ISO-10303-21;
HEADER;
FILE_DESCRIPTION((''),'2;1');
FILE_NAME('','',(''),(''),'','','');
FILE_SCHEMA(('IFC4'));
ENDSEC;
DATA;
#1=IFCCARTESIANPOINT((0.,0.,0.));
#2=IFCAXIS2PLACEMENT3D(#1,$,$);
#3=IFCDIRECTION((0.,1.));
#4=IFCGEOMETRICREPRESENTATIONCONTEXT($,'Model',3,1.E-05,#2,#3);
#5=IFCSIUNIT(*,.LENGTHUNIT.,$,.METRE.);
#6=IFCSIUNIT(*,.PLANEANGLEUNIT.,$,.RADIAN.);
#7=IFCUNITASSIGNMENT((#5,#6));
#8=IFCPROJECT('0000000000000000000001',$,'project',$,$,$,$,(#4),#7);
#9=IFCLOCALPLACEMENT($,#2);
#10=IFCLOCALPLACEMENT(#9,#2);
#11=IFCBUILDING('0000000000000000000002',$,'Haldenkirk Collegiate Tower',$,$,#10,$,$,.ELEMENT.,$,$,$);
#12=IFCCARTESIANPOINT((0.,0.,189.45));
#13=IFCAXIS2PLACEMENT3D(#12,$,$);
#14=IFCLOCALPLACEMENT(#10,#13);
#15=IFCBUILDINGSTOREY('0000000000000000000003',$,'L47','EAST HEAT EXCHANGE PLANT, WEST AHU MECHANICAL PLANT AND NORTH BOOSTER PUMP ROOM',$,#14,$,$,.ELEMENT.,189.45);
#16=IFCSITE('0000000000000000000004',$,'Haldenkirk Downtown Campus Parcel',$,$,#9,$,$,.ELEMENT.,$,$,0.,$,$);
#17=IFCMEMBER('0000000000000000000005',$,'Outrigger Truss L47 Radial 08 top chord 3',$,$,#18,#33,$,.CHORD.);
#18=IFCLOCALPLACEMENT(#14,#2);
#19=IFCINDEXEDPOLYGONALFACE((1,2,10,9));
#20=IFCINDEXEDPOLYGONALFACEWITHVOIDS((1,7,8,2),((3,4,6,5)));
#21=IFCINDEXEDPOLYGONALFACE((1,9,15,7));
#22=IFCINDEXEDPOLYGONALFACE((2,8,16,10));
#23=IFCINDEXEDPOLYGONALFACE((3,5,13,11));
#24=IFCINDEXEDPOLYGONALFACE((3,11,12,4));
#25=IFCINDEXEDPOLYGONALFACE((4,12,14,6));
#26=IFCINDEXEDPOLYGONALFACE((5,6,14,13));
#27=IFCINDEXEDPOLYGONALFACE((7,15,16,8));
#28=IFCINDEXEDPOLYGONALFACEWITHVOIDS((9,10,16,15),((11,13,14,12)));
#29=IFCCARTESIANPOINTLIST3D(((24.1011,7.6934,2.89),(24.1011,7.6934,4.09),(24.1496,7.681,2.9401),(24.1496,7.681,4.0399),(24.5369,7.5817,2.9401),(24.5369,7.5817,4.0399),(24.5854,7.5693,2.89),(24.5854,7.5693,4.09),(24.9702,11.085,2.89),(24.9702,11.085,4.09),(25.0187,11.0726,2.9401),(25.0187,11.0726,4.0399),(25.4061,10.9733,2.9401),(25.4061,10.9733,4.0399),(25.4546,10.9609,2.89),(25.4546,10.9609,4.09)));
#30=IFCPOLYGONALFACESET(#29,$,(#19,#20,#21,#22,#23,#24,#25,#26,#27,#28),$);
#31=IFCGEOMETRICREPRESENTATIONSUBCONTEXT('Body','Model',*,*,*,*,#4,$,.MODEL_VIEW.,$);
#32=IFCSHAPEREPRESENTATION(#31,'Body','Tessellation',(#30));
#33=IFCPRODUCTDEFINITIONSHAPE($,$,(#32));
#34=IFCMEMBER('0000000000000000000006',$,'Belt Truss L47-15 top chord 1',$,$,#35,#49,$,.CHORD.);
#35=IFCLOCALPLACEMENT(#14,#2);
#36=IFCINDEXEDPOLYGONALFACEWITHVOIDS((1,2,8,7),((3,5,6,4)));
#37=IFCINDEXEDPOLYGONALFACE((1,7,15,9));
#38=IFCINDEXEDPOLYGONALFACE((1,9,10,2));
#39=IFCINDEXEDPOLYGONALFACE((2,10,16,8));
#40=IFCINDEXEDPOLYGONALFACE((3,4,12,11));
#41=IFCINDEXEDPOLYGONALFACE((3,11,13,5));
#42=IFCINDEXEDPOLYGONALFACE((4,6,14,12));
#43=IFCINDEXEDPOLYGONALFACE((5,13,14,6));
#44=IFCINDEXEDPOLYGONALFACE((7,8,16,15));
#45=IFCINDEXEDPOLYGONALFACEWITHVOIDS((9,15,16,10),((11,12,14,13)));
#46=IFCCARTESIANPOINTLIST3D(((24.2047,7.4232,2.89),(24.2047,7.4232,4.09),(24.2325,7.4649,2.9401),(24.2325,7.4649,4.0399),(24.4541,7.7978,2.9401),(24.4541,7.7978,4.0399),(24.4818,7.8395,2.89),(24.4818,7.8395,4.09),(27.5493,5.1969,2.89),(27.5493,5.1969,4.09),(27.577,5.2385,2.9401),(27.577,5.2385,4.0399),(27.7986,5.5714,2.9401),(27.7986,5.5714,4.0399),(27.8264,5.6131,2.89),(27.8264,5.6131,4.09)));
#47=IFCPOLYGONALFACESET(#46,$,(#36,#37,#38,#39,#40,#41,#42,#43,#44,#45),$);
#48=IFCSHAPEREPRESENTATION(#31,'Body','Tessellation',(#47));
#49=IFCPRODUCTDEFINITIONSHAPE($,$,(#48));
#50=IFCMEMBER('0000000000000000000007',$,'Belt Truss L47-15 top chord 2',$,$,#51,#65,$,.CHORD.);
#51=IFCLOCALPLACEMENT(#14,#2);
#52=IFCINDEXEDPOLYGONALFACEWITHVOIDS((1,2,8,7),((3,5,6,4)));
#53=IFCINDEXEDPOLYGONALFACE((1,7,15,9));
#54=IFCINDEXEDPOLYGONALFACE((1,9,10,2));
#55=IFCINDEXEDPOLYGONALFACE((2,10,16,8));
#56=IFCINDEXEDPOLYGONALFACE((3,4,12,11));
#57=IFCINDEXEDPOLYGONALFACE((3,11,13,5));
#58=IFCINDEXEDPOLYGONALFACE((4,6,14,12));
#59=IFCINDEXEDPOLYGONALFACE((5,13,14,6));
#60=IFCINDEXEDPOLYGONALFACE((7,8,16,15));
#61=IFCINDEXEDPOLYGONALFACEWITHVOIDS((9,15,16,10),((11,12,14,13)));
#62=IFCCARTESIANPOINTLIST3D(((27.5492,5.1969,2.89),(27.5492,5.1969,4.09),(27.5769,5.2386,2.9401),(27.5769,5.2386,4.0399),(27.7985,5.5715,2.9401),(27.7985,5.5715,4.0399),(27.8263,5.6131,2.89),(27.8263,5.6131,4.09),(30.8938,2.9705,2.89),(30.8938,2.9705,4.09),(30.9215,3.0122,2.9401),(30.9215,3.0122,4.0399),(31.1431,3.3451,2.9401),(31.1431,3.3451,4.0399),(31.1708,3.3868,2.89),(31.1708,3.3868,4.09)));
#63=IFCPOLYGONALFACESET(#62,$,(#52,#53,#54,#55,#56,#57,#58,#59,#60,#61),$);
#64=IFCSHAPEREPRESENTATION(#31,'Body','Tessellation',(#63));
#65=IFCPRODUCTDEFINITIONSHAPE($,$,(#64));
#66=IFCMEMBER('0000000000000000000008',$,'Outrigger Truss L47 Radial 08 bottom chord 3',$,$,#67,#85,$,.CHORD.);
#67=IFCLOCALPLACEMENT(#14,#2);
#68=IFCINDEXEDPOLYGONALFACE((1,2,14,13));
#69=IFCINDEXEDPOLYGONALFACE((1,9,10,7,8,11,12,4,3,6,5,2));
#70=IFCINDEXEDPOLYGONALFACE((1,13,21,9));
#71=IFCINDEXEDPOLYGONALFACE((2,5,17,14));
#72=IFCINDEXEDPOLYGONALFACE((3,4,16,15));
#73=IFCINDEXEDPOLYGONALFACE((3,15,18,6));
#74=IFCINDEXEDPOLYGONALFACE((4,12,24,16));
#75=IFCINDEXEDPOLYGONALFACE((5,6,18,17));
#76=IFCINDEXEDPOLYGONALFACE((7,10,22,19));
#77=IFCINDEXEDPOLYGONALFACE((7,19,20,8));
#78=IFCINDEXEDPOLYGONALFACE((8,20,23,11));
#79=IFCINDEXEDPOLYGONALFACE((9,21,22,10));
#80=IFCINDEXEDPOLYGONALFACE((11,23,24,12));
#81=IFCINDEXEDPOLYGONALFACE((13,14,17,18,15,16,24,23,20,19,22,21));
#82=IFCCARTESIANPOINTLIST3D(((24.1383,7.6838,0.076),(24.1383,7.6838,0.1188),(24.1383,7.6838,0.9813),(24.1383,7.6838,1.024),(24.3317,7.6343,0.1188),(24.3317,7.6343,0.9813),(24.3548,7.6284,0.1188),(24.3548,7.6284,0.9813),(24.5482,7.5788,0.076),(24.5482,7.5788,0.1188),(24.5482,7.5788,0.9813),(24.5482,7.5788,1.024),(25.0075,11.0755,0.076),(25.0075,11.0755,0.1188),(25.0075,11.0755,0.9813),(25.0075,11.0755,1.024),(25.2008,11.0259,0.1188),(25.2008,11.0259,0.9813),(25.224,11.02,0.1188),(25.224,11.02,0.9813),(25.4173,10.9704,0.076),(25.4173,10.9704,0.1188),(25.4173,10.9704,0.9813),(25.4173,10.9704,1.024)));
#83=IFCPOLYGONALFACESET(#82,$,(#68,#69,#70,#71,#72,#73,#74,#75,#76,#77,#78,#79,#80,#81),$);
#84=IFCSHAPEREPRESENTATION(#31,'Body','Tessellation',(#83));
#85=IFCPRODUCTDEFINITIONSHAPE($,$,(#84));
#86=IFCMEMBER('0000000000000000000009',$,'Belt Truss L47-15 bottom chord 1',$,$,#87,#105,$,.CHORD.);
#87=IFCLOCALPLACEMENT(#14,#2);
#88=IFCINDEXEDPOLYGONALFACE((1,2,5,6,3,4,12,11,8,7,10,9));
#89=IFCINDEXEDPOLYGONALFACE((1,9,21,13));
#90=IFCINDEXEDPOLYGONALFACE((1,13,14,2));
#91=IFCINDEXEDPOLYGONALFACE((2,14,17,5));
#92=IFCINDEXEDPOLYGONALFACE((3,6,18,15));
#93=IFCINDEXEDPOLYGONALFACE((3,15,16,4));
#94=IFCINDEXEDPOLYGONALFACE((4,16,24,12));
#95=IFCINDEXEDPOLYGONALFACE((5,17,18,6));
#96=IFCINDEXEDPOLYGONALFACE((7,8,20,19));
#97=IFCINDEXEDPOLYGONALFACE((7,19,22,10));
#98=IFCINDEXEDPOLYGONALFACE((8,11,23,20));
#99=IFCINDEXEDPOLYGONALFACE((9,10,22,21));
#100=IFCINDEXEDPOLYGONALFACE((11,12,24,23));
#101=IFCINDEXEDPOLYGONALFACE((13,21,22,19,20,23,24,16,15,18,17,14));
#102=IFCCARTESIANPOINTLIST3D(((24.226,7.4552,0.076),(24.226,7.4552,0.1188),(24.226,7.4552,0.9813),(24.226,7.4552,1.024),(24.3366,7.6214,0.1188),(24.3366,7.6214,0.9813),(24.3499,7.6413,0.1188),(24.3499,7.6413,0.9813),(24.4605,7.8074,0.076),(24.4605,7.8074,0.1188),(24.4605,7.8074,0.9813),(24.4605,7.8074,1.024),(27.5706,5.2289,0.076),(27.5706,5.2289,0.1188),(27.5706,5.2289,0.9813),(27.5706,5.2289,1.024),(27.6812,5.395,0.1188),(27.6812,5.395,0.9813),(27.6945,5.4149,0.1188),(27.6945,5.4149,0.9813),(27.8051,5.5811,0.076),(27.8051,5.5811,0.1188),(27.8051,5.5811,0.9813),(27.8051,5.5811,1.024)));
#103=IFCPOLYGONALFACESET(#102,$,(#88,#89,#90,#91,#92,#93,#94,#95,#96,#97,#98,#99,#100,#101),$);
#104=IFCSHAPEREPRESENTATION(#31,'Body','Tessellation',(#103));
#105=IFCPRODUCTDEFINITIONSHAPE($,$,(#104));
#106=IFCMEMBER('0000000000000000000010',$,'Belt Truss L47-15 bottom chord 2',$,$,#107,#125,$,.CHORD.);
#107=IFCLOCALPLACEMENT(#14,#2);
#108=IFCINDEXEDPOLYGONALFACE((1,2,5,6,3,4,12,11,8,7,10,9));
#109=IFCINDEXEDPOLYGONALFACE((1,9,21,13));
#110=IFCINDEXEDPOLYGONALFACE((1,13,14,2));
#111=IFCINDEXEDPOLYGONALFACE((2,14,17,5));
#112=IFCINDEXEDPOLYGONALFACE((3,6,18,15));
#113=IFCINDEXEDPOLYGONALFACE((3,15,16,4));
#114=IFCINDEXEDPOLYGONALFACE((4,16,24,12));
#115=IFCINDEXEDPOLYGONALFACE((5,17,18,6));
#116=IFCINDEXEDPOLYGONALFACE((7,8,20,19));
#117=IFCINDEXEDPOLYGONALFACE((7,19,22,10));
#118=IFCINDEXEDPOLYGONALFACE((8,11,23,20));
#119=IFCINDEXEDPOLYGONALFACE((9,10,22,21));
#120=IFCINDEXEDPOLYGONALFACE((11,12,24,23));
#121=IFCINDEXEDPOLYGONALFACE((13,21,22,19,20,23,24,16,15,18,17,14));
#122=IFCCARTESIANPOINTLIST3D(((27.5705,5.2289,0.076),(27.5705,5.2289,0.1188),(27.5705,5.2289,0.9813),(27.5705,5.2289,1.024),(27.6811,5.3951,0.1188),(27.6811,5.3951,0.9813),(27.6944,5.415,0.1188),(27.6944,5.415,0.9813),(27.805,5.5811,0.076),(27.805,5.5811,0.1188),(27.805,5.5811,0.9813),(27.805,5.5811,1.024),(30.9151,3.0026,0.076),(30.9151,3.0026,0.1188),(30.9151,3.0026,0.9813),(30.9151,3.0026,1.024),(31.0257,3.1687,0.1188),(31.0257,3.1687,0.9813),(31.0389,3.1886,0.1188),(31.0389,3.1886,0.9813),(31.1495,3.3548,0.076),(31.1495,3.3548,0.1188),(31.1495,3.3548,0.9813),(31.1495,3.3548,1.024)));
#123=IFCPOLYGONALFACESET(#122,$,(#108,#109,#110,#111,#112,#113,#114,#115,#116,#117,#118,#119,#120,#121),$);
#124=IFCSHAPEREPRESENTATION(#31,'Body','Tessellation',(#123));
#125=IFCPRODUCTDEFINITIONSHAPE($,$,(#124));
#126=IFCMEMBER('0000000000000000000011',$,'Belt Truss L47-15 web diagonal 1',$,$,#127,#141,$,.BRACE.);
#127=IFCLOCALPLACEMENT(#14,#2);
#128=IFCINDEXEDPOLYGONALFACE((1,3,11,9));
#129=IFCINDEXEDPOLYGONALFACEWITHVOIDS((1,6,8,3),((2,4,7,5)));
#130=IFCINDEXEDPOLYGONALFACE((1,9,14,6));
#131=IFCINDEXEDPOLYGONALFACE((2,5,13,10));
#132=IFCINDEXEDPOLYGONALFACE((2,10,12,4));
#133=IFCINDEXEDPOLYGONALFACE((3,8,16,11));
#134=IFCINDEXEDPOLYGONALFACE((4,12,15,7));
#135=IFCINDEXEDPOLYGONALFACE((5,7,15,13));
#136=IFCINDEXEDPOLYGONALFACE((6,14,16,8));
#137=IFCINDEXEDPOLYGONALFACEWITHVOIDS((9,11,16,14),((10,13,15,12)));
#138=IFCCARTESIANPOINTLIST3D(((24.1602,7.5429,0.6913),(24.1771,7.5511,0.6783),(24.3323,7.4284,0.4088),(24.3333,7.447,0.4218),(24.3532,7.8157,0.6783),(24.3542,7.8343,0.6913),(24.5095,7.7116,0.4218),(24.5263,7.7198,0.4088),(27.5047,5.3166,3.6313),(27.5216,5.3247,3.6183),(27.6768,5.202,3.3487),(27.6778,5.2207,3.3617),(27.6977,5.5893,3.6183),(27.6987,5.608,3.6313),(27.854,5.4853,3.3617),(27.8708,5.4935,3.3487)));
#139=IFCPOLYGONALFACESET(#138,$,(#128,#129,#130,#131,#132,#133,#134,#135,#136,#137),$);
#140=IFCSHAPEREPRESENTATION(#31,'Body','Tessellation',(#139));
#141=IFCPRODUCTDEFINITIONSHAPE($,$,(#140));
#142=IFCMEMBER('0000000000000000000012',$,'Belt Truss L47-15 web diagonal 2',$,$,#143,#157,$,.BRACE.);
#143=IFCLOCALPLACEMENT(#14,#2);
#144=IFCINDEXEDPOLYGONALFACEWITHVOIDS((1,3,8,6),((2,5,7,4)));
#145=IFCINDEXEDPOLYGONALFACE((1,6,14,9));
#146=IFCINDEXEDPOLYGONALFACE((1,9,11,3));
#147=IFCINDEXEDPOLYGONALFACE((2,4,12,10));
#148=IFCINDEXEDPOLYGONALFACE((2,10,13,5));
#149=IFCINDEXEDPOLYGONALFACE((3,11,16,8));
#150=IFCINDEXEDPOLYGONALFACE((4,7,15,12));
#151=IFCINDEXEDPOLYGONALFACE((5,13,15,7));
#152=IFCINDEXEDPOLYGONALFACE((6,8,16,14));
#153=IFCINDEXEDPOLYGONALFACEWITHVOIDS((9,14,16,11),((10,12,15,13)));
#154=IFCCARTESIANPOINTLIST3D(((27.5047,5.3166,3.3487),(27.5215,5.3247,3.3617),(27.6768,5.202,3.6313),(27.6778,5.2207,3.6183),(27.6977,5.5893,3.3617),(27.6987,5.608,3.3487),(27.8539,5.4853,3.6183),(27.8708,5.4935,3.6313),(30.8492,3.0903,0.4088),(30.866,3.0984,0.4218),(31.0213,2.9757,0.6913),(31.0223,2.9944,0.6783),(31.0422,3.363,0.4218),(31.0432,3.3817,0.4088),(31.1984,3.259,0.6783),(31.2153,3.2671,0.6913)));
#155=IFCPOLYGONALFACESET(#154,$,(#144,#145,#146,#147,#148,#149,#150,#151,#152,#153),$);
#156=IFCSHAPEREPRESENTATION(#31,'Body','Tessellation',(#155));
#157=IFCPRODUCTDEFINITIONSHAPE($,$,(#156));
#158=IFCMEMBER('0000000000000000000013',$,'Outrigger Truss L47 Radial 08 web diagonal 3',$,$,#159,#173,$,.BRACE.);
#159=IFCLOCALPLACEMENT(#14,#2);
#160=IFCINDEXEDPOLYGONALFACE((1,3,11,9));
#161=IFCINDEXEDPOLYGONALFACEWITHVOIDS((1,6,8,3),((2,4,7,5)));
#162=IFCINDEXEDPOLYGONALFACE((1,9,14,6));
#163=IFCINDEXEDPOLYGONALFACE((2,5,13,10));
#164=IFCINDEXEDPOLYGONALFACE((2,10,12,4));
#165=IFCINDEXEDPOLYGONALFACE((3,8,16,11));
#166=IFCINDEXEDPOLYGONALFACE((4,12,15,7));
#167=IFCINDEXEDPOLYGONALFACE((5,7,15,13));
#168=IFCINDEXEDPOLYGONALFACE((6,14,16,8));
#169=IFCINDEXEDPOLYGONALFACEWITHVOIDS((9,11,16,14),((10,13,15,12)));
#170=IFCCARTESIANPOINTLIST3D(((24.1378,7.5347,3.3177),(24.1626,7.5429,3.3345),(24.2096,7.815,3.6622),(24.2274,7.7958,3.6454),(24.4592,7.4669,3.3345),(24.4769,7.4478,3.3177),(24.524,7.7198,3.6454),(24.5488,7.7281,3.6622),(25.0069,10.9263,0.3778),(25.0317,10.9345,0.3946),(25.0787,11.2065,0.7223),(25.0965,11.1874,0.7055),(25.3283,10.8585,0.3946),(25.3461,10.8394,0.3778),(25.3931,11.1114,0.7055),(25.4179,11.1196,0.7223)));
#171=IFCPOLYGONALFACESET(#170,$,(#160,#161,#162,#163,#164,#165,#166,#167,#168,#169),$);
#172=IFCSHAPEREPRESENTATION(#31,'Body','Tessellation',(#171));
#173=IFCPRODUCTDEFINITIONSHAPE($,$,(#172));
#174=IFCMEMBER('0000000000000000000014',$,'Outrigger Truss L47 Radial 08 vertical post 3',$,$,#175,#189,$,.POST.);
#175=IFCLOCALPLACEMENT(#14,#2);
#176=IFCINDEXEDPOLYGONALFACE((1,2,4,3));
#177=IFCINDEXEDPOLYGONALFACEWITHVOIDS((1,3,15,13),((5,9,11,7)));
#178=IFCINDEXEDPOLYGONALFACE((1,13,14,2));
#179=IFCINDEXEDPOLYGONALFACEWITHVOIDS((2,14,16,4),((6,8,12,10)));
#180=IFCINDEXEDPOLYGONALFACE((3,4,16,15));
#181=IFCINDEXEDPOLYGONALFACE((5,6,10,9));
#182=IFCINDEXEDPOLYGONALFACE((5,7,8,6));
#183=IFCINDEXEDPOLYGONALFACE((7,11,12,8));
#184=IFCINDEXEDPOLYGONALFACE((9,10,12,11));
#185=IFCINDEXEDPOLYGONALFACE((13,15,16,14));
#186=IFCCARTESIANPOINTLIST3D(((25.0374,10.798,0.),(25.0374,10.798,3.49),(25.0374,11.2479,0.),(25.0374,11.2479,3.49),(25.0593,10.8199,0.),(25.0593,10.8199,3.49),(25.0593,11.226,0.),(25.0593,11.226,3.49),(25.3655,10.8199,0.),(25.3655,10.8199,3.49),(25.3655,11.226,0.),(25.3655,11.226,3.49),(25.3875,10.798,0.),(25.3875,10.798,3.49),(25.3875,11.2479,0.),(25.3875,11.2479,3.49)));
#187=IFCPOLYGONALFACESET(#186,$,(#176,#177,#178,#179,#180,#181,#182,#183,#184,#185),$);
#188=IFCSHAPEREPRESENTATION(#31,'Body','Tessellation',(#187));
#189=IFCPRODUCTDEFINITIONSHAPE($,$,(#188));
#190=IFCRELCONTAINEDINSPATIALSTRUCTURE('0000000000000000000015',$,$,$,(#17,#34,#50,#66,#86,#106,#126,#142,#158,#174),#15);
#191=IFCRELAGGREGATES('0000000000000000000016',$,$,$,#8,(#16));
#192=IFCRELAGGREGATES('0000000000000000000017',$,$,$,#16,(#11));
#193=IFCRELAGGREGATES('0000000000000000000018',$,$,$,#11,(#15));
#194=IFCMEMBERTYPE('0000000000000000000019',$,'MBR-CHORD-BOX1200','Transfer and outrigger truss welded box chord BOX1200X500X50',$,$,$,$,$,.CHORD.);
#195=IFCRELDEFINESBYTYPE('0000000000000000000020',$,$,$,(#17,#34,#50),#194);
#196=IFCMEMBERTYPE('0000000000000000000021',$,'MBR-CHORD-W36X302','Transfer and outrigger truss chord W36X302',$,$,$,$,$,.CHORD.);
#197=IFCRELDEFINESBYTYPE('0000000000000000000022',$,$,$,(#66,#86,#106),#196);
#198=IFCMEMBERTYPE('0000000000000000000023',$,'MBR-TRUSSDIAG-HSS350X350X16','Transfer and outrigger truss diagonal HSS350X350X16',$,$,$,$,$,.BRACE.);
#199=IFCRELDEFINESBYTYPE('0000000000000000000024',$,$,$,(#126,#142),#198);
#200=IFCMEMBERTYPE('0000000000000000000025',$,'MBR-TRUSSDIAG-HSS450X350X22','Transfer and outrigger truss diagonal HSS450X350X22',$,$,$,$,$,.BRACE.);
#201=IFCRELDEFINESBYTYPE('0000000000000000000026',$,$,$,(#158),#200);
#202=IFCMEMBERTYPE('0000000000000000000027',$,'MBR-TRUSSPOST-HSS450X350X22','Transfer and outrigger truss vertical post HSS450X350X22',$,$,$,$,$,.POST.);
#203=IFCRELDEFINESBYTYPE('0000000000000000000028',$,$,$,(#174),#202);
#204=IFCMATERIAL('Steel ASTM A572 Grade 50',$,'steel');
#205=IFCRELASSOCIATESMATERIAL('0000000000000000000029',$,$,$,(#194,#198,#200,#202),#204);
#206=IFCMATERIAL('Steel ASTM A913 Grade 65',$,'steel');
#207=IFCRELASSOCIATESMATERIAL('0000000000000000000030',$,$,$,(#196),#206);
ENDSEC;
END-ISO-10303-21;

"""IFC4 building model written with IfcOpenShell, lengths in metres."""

from ifc_helpers import new_model, si_unit, direction, frame, origin, origin_2d, place, context, subcontext, project, spatial, hollow_rectangle, i_section, extrude, material, material_profile, profile_set, type_object, element, save


model = new_model("IFC4")

# Units and contexts
model_context = context("Model", 3, precision=1e-05, world=origin(), true_north=direction((0.0, 1.0)))
body_context = subcontext(model_context, "Body", "Model", "MODEL_VIEW")
ifc_project = project(units=[si_unit("LENGTHUNIT", "METRE"), si_unit("PLANEANGLEUNIT", "RADIAN")], contexts=[model_context])

# Site, building, storey
site_placement = place(None, origin())
site = spatial("IfcSite", under=ifc_project, at=site_placement, Name="Haldenkirk Downtown Campus Parcel", CompositionType="ELEMENT", RefElevation=0.0)
building_placement = place(site_placement, origin())
building = spatial("IfcBuilding", under=site, at=building_placement, Name="Haldenkirk Collegiate Tower", CompositionType="ELEMENT")
storey_placement = place(building_placement, frame((0.0, 0.0, 189.45)))
storey = spatial("IfcBuildingStorey", under=building, at=storey_placement, Name="L47", Description="EAST HEAT EXCHANGE PLANT, WEST AHU MECHANICAL PLANT AND NORTH BOOSTER PUMP ROOM", CompositionType="ELEMENT", Elevation=189.45)

# Members
ifc_material_1 = material(Name="Steel ASTM A572 Grade 50", Category="steel")
ifc_material_profile_1 = material_profile(ifc_material_1, hollow_rectangle(XDim=0.5, YDim=1.2, WallThickness=0.05, at=origin_2d()), Name="BOX1200X500X50")
ifc_profile_set_1 = profile_set([ifc_material_profile_1], Name="Steel ASTM A572 Grade 50")
member_type_1 = type_object("IfcMemberType", Name="MBR-CHORD-BOX1200", Description="Transfer and outrigger truss welded box chord BOX1200X500X50", PredefinedType="CHORD", material=ifc_profile_set_1)
member_1_placement = place(storey_placement, frame((25.2124, 11.0229, 3.49), z_axis=(-0.248241, -0.968698, 0.0), x_axis=(0.968698, -0.248241, 0.0)))
element("IfcMember", 1, at=member_1_placement, inside=storey, type_object=member_type_1, Name="Outrigger Truss L47 Radial 08 top chord 3", PredefinedType="CHORD", context=body_context, shape_type="SweptSolid", body=[
    extrude(hollow_rectangle(XDim=0.5, YDim=1.2, WallThickness=0.05, at=origin_2d()), origin(), (0.0, 0.0, 1.0), 3.5012),
])
for number, where, z_axis, x_axis, name in (
    (2, (24.3433, 7.6313, 3.49), (0.832433, -0.554125, 0.0), (0.554125, 0.832433, 0.0), "Belt Truss L47-15 top chord 1"),
    (3, (27.6877, 5.405, 3.49), (0.832433, -0.554125, 0.0), (0.554125, 0.832433, 0.0), "Belt Truss L47-15 top chord 2"),
):
    element("IfcMember", number, at=place(storey_placement, frame(where, z_axis=z_axis, x_axis=x_axis)), inside=storey, type_object=member_type_1, Name=name, PredefinedType="CHORD", context=body_context, shape_type="SweptSolid", body=[
        extrude(hollow_rectangle(XDim=0.5, YDim=1.2, WallThickness=0.05, at=origin_2d()), origin(), (0.0, 0.0, 1.0), 4.0178),
    ])
ifc_material_2 = material(Name="Steel ASTM A913 Grade 65", Category="steel")
ifc_material_profile_2 = material_profile(ifc_material_2, i_section(OverallWidth=0.4231, OverallDepth=0.948, WebThickness=0.0239, FlangeThickness=0.0427, at=origin_2d()), Name="W36X302")
ifc_profile_set_2 = profile_set([ifc_material_profile_2], Name="Steel ASTM A913 Grade 65")
member_type_2 = type_object("IfcMemberType", Name="MBR-CHORD-W36X302", Description="Transfer and outrigger truss chord W36X302", PredefinedType="CHORD", material=ifc_profile_set_2)
member_2_placement = place(storey_placement, frame((25.2124, 11.0229, 0.55), z_axis=(-0.248241, -0.968698, 0.0), x_axis=(0.968698, -0.248241, 0.0)))
element("IfcMember", 4, at=member_2_placement, inside=storey, type_object=member_type_2, Name="Outrigger Truss L47 Radial 08 bottom chord 3", PredefinedType="CHORD", context=body_context, shape_type="SweptSolid", body=[
    extrude(i_section(OverallWidth=0.4231, OverallDepth=0.948, WebThickness=0.0239, FlangeThickness=0.0427, at=origin_2d()), origin(), (0.0, 0.0, 1.0), 3.5012),
])
for number, where, z_axis, x_axis, name in (
    (5, (24.3433, 7.6313, 0.55), (0.832433, -0.554125, 0.0), (0.554125, 0.832433, 0.0), "Belt Truss L47-15 bottom chord 1"),
    (6, (27.6877, 5.405, 0.55), (0.832433, -0.554125, 0.0), (0.554125, 0.832433, 0.0), "Belt Truss L47-15 bottom chord 2"),
):
    element("IfcMember", number, at=place(storey_placement, frame(where, z_axis=z_axis, x_axis=x_axis)), inside=storey, type_object=member_type_2, Name=name, PredefinedType="CHORD", context=body_context, shape_type="SweptSolid", body=[
        extrude(i_section(OverallWidth=0.4231, OverallDepth=0.948, WebThickness=0.0239, FlangeThickness=0.0427, at=origin_2d()), origin(), (0.0, 0.0, 1.0), 4.0178),
    ])
ifc_material_profile_3 = material_profile(ifc_material_1, hollow_rectangle(XDim=0.3501, YDim=0.3501, WallThickness=0.0161, at=origin_2d()), Name="HSS350X350X16")
ifc_profile_set_3 = profile_set([ifc_material_profile_3], Name="Steel ASTM A572 Grade 50")
member_type_3 = type_object("IfcMemberType", Name="MBR-TRUSSDIAG-HSS350X350X16", Description="Transfer and outrigger truss diagonal HSS350X350X16", PredefinedType="BRACE", material=ifc_profile_set_3)
for number, where, z_axis, x_axis, name in (
    (7, (24.3433, 7.6313, 0.55), (0.671787, -0.447188, 0.590529), (0.554125, 0.832433, 0.0), "Belt Truss L47-15 web diagonal 1"),
    (8, (27.6877, 5.405, 3.49), (0.671787, -0.447188, -0.590529), (0.554125, 0.832433, 0.0), "Belt Truss L47-15 web diagonal 2"),
):
    element("IfcMember", number, at=place(storey_placement, frame(where, z_axis=z_axis, x_axis=x_axis)), inside=storey, type_object=member_type_3, Name=name, PredefinedType="BRACE", context=body_context, shape_type="SweptSolid", body=[
        extrude(hollow_rectangle(XDim=0.3501, YDim=0.3501, WallThickness=0.0161, at=origin_2d()), origin(), (0.0, 0.0, 1.0), 4.9785),
    ])
ifc_material_profile_4 = material_profile(ifc_material_1, hollow_rectangle(XDim=0.3501, YDim=0.45, WallThickness=0.022, at=origin_2d()), Name="HSS450X350X22")
ifc_profile_set_4 = profile_set([ifc_material_profile_4], Name="Steel ASTM A572 Grade 50")
member_type_4 = type_object("IfcMemberType", Name="MBR-TRUSSDIAG-HSS450X350X22", Description="Transfer and outrigger truss diagonal HSS450X350X22", PredefinedType="BRACE", material=ifc_profile_set_4)
member_3_placement = place(storey_placement, frame((25.2124, 11.0229, 0.55), z_axis=(-0.190108, -0.741848, 0.643056), x_axis=(0.968698, -0.248241, 0.0)))
element("IfcMember", 9, at=member_3_placement, inside=storey, type_object=member_type_4, Name="Outrigger Truss L47 Radial 08 web diagonal 3", PredefinedType="BRACE", context=body_context, shape_type="SweptSolid", body=[
    extrude(hollow_rectangle(XDim=0.3501, YDim=0.45, WallThickness=0.022, at=origin_2d()), origin(), (0.0, 0.0, 1.0), 4.5718),
])
ifc_material_profile_5 = material_profile(ifc_material_1, hollow_rectangle(XDim=0.3501, YDim=0.45, WallThickness=0.022, at=origin_2d()), Name="HSS450X350X22")
ifc_profile_set_5 = profile_set([ifc_material_profile_5], Name="Steel ASTM A572 Grade 50")
member_type_5 = type_object("IfcMemberType", Name="MBR-TRUSSPOST-HSS450X350X22", Description="Transfer and outrigger truss vertical post HSS450X350X22", PredefinedType="POST", material=ifc_profile_set_5)
for number, where, z_axis, x_axis, name in (
    (10, (25.2124, 11.0229, 0.0), (0.0, 0.0, 1.0), (1.0, 0.0, 0.0), "Outrigger Truss L47 Radial 08 vertical post 3"),
):
    element("IfcMember", number, at=place(storey_placement, frame(where, z_axis=z_axis, x_axis=x_axis)), inside=storey, type_object=member_type_5, Name=name, PredefinedType="POST", context=body_context, shape_type="SweptSolid", body=[
        extrude(hollow_rectangle(XDim=0.3501, YDim=0.45, WallThickness=0.022, at=origin_2d()), origin(), (0.0, 0.0, 1.0), 3.49),
    ])

save(model, "model.ifc")
